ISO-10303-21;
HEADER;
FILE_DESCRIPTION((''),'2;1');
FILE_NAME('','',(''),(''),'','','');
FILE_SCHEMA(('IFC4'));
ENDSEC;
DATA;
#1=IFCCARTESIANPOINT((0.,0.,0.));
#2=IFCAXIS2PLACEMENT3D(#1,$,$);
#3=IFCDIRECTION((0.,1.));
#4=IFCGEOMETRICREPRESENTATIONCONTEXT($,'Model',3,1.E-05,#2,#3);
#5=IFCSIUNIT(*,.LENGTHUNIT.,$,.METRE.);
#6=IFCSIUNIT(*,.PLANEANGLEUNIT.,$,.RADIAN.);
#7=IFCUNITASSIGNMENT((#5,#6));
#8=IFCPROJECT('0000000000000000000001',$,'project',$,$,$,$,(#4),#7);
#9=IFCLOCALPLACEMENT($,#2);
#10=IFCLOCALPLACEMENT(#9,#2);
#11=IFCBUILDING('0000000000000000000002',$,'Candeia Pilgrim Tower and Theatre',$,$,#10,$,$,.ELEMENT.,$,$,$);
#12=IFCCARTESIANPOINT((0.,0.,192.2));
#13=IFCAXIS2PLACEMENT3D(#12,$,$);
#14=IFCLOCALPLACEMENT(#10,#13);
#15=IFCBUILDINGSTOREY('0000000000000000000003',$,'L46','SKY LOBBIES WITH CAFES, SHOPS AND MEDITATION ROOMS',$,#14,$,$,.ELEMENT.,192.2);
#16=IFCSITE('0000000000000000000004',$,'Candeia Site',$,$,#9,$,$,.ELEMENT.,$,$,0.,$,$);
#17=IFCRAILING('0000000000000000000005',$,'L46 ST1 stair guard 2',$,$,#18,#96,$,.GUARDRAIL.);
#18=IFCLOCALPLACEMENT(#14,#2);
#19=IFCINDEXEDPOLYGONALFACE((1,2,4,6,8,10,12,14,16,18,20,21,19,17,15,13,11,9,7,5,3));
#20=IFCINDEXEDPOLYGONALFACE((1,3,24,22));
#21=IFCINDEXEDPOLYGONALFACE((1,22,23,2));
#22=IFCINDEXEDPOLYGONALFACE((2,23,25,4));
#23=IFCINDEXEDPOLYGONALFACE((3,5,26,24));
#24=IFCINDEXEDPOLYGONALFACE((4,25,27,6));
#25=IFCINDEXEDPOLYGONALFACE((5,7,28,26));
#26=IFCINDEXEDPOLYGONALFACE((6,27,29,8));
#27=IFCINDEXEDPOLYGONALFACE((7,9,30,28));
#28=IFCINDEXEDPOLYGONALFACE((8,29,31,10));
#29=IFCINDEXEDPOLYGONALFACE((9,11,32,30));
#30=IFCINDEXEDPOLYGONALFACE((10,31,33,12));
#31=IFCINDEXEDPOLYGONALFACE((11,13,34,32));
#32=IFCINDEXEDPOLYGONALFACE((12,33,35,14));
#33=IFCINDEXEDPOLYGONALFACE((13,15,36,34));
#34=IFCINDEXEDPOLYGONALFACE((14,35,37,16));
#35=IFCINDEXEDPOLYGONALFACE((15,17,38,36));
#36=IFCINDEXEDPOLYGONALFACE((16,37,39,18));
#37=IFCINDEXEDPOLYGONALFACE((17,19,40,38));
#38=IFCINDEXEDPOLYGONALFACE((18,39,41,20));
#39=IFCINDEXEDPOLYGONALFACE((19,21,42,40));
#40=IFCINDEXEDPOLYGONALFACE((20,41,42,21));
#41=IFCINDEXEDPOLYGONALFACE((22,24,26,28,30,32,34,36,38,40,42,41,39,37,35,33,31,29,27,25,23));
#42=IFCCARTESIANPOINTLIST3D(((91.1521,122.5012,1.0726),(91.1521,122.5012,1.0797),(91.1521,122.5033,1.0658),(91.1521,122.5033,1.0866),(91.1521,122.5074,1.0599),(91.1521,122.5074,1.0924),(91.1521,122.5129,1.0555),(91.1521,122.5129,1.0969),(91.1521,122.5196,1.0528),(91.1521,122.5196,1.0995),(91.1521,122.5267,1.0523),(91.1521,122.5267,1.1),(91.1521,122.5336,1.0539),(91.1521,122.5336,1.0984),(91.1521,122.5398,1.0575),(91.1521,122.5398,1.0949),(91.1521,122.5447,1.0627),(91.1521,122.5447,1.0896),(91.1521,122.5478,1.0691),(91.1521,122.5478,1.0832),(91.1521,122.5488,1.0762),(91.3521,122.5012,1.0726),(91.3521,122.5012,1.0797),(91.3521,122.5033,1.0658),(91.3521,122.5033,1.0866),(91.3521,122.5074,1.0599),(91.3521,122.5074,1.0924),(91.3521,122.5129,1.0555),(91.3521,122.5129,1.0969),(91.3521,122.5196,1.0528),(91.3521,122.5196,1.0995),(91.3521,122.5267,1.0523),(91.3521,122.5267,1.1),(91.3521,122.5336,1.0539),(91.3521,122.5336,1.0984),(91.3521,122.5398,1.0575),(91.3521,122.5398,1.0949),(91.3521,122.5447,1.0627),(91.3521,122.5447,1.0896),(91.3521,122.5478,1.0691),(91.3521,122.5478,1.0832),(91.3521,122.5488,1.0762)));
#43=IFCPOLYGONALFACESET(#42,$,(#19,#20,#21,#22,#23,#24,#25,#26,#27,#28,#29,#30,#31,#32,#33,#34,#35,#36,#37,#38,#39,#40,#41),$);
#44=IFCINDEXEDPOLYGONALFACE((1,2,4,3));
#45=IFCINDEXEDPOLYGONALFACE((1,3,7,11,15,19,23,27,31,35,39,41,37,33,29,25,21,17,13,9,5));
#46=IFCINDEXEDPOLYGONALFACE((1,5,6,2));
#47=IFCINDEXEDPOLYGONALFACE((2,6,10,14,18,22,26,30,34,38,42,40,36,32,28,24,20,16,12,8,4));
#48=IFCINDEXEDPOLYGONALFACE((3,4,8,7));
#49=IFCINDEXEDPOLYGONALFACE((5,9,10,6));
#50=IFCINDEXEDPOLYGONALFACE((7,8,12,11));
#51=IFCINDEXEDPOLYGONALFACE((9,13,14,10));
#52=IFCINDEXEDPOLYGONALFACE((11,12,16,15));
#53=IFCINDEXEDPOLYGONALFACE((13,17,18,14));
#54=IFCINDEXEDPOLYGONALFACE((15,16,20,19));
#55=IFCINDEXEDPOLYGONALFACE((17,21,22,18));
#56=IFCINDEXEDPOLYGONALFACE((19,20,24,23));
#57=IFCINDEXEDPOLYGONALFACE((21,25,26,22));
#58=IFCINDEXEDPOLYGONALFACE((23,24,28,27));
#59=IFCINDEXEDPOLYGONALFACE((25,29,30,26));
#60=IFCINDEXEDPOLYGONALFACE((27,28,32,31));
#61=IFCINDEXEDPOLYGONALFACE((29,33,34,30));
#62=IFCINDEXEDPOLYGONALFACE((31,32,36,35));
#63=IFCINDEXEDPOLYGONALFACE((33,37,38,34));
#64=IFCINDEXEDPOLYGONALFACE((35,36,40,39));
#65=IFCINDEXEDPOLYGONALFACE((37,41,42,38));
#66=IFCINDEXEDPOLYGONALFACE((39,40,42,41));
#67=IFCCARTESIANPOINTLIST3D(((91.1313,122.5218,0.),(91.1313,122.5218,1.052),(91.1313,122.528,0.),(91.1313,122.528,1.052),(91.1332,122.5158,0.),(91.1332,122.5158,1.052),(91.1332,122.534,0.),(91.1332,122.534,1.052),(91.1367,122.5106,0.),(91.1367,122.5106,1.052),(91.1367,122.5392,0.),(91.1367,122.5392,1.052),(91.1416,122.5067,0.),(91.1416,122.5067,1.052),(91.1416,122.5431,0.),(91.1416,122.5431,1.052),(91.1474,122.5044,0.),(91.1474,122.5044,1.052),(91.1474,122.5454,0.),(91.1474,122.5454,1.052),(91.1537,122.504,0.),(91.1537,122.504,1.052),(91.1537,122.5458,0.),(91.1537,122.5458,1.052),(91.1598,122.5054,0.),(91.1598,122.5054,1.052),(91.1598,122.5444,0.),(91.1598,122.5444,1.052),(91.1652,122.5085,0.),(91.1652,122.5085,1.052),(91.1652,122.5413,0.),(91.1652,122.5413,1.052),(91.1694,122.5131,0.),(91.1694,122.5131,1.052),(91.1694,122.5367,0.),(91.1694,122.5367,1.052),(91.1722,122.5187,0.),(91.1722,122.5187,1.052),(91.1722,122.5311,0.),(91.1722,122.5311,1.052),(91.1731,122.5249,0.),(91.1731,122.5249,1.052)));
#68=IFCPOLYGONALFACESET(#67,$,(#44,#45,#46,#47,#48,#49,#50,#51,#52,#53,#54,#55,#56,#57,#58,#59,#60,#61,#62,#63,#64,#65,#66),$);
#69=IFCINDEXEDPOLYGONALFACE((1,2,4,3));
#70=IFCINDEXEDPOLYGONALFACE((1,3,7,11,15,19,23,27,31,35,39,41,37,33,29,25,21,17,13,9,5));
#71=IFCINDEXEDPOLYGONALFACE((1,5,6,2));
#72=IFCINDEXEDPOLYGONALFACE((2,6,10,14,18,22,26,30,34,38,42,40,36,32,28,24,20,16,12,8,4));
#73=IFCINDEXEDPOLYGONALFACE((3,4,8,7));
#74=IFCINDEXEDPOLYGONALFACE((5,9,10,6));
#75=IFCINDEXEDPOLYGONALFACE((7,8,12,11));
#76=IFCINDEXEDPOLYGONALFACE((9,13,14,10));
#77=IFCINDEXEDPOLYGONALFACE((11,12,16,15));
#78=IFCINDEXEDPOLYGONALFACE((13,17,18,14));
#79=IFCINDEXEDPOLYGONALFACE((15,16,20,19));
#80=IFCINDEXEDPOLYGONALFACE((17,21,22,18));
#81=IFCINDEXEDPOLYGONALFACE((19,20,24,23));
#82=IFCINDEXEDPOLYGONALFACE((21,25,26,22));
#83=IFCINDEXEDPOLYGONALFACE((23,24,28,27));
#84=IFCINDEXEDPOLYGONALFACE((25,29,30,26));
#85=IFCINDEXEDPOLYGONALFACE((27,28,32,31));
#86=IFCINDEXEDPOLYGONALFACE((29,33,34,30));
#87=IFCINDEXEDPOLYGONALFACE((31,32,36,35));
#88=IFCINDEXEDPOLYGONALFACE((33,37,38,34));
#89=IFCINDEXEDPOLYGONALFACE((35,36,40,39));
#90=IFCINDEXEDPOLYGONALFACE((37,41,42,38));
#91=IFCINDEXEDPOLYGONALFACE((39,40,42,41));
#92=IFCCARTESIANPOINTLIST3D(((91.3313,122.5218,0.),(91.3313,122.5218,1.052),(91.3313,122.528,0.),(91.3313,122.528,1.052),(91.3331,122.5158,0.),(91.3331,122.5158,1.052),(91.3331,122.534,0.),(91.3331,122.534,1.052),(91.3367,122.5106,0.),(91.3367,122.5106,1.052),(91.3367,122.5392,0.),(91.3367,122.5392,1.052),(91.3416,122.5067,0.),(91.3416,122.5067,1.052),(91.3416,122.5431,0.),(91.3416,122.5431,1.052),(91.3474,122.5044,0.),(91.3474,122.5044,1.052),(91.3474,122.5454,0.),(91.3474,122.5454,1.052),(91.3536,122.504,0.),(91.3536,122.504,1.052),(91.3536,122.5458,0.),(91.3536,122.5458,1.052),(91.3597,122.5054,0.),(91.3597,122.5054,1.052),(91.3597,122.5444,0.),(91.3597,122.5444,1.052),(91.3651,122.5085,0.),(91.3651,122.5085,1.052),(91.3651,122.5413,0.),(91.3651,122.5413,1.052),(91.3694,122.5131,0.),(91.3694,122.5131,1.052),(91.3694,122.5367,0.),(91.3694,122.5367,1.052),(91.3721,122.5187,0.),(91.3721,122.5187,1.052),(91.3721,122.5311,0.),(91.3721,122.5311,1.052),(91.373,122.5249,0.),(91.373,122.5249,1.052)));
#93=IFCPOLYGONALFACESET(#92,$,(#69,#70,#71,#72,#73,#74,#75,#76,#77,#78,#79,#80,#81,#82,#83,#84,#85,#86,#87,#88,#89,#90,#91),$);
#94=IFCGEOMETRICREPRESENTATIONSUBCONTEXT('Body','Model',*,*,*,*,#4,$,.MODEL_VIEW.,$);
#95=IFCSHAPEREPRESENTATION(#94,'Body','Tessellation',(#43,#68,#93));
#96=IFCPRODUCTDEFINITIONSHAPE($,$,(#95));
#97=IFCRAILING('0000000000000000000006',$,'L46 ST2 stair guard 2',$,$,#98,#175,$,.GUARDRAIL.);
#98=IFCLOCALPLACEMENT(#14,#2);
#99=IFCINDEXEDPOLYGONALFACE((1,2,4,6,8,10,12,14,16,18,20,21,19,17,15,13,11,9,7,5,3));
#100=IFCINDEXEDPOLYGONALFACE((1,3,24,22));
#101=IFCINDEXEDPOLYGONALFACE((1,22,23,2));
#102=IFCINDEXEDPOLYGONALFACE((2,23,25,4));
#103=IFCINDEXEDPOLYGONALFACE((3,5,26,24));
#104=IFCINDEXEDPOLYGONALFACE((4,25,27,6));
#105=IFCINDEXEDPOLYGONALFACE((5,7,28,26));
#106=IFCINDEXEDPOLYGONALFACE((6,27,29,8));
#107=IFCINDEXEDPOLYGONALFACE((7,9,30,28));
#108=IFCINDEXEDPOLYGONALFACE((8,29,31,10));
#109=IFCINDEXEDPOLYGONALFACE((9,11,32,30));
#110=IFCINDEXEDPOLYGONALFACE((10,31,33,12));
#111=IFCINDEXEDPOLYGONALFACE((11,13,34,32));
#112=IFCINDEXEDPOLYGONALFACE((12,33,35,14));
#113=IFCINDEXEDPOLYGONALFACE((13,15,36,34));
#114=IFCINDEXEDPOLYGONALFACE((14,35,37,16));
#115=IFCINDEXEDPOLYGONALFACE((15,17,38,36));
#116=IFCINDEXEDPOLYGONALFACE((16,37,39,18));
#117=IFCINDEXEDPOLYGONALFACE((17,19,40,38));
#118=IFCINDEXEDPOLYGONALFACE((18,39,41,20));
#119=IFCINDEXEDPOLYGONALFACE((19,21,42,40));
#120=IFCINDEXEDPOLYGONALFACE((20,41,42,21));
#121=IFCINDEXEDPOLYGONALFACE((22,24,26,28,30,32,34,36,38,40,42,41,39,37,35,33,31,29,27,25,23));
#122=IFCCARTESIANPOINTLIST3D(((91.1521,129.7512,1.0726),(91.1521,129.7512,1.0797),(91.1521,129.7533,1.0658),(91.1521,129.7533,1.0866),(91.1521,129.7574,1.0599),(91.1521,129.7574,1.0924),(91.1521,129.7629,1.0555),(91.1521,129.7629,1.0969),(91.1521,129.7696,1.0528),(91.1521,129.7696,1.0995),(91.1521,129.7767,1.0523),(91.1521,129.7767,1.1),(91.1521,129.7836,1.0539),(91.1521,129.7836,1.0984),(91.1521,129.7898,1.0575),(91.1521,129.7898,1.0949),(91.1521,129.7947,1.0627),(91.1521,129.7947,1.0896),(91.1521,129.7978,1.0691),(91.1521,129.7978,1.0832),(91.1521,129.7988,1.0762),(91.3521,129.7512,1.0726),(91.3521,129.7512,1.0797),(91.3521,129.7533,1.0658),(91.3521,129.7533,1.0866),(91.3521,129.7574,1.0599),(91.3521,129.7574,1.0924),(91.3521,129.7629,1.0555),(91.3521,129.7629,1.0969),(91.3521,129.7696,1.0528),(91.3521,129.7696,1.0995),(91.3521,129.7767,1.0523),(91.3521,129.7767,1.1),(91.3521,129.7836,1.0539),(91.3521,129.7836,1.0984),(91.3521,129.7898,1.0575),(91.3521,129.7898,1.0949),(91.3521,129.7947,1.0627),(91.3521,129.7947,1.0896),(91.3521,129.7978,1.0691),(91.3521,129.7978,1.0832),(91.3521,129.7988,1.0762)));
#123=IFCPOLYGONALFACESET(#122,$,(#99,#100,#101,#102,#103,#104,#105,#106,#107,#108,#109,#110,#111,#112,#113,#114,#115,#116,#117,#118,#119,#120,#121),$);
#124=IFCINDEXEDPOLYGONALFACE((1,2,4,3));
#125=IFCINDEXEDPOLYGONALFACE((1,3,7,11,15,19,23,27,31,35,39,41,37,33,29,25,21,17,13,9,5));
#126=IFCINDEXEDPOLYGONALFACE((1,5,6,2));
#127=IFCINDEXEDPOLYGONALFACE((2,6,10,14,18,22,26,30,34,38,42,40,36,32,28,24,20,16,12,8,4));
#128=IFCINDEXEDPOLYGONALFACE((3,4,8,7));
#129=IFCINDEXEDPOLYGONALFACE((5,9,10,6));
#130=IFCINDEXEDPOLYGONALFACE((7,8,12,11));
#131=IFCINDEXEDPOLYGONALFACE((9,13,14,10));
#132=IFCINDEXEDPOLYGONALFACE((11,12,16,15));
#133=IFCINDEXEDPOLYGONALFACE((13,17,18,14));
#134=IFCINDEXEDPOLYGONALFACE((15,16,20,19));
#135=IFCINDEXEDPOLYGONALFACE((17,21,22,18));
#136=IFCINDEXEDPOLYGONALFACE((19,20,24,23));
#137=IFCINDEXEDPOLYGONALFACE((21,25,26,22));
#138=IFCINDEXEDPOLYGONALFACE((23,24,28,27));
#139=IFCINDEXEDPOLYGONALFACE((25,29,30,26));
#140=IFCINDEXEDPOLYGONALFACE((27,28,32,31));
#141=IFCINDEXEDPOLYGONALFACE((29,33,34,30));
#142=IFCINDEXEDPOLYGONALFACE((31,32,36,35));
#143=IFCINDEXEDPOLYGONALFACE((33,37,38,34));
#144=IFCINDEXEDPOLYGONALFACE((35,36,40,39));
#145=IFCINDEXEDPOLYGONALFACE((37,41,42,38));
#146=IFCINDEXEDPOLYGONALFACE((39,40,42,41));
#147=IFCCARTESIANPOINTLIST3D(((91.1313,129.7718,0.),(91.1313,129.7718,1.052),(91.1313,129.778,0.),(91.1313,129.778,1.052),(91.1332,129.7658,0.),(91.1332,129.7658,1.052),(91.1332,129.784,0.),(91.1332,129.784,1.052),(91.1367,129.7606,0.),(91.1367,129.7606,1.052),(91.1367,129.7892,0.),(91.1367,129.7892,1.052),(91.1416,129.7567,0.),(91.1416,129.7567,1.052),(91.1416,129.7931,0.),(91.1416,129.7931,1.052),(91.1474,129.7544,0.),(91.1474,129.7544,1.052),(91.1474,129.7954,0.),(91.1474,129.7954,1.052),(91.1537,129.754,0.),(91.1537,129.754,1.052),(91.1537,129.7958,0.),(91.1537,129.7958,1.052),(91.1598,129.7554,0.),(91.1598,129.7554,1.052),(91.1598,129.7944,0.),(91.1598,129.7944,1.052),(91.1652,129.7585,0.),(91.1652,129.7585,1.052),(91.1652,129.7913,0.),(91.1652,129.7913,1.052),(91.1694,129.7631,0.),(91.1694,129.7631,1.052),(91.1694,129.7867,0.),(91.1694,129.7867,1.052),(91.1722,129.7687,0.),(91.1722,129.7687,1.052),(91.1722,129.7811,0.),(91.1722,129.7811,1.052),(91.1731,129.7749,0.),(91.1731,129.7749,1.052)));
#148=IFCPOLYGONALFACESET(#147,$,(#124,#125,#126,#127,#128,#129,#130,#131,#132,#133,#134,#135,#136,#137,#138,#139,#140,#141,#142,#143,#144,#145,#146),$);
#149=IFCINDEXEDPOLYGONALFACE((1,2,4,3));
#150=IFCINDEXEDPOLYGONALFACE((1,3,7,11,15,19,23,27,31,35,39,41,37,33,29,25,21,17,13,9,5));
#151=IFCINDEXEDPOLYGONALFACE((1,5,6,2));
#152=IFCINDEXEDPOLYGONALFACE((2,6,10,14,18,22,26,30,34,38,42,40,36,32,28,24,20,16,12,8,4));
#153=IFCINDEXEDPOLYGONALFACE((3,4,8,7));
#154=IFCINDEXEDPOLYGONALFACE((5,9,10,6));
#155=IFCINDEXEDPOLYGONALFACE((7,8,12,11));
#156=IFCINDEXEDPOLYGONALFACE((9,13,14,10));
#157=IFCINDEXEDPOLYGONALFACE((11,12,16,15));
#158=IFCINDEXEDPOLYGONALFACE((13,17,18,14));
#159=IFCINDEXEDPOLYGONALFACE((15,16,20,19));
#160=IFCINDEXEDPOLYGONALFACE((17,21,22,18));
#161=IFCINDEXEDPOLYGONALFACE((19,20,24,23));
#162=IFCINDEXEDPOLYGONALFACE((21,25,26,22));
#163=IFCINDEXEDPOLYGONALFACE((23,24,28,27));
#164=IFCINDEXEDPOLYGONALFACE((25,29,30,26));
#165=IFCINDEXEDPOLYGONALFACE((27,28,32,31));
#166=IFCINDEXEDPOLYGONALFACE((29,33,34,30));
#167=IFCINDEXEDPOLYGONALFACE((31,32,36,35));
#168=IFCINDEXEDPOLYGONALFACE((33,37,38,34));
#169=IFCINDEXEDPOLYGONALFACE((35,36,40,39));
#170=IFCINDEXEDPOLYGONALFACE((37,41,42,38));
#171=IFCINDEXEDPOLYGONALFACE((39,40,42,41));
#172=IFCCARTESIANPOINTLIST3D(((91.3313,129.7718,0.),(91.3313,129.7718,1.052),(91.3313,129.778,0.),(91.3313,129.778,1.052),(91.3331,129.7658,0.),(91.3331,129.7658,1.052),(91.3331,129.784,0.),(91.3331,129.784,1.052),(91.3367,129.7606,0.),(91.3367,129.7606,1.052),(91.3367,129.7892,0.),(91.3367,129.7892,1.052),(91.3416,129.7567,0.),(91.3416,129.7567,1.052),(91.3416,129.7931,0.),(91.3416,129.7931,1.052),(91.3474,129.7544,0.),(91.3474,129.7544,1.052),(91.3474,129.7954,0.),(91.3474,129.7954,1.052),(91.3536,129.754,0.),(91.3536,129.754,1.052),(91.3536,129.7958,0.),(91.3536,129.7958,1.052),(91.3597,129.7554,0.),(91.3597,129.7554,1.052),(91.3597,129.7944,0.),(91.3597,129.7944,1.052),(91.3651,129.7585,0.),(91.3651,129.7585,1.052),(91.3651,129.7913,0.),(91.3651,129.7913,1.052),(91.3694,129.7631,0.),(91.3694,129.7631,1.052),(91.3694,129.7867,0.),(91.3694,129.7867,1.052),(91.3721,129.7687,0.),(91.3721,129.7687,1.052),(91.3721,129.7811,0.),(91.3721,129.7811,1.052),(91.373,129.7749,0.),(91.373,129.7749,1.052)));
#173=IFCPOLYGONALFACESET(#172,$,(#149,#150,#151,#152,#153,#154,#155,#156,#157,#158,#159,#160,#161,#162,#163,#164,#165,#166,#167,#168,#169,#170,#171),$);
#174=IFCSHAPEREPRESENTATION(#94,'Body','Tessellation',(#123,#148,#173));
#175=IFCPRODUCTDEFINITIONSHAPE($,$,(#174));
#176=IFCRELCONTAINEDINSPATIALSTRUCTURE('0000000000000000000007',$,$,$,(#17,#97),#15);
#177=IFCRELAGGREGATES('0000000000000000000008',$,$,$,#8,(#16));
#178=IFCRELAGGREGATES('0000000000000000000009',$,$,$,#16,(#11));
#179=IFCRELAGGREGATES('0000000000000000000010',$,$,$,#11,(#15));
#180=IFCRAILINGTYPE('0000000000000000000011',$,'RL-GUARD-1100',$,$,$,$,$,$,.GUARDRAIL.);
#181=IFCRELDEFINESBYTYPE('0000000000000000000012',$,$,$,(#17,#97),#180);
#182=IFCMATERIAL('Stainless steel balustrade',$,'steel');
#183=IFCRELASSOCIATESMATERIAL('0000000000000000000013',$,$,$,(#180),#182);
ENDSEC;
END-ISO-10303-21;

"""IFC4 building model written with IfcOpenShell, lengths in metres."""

from ifc_helpers import new_model, si_unit, direction, frame, origin, origin_2d, place, context, subcontext, project, spatial, circle, extrude, material, type_object, element, save


model = new_model("IFC4")

# Units and contexts
model_context = context("Model", 3, precision=1e-05, world=origin(), true_north=direction((0.0, 1.0)))
body_context = subcontext(model_context, "Body", "Model", "MODEL_VIEW")
ifc_project = project(units=[si_unit("LENGTHUNIT", "METRE"), si_unit("PLANEANGLEUNIT", "RADIAN")], contexts=[model_context])

# Site, building, storey
site_placement = place(None, origin())
site = spatial("IfcSite", under=ifc_project, at=site_placement, Name="Candeia Site", CompositionType="ELEMENT", RefElevation=0.0)
building_placement = place(site_placement, origin())
building = spatial("IfcBuilding", under=site, at=building_placement, Name="Candeia Pilgrim Tower and Theatre", CompositionType="ELEMENT")
storey_placement = place(building_placement, frame((0.0, 0.0, 192.2)))
storey = spatial("IfcBuildingStorey", under=building, at=storey_placement, Name="L46", Description="SKY LOBBIES WITH CAFES, SHOPS AND MEDITATION ROOMS", CompositionType="ELEMENT", Elevation=192.2)

# Railings
ifc_material_1 = material(Name="Stainless steel balustrade", Category="steel")
railing_type_1 = type_object("IfcRailingType", Name="RL-GUARD-1100", PredefinedType="GUARDRAIL", material=ifc_material_1)
railing_1_placement = place(storey_placement, frame((91.1521, 122.5249, 0.0)))
element("IfcRailing", 1, at=railing_1_placement, inside=storey, type_object=railing_type_1, Name="L46 ST1 stair guard 2", PredefinedType="GUARDRAIL", context=body_context, shape_type="SweptSolid", body=[
    extrude(circle(Radius=0.0239, at=origin_2d()), frame((0.0, 0.0, 1.0762), z_axis=(1.0, 0.0, 0.0), x_axis=(0.0, 1.0, 0.0)), (0.0, 0.0, 1.0), 0.2),
    extrude(circle(Radius=0.021, at=origin_2d()), origin(), (0.0, 0.0, 1.0), 1.052),
    extrude(circle(Radius=0.021, at=origin_2d()), frame((0.2, 0.0, 0.0)), (0.0, 0.0, 1.0), 1.052),
])
railing_2_placement = place(storey_placement, frame((91.1521, 129.7749, 0.0)))
element("IfcRailing", 2, at=railing_2_placement, inside=storey, type_object=railing_type_1, Name="L46 ST2 stair guard 2", PredefinedType="GUARDRAIL", context=body_context, shape_type="SweptSolid", body=[
    extrude(circle(Radius=0.0239, at=origin_2d()), frame((0.0, 0.0, 1.0762), z_axis=(1.0, 0.0, 0.0), x_axis=(0.0, 1.0, 0.0)), (0.0, 0.0, 1.0), 0.2),
    extrude(circle(Radius=0.021, at=origin_2d()), origin(), (0.0, 0.0, 1.0), 1.052),
    extrude(circle(Radius=0.021, at=origin_2d()), frame((0.2, 0.0, 0.0)), (0.0, 0.0, 1.0), 1.052),
])

save(model, "model.ifc")
